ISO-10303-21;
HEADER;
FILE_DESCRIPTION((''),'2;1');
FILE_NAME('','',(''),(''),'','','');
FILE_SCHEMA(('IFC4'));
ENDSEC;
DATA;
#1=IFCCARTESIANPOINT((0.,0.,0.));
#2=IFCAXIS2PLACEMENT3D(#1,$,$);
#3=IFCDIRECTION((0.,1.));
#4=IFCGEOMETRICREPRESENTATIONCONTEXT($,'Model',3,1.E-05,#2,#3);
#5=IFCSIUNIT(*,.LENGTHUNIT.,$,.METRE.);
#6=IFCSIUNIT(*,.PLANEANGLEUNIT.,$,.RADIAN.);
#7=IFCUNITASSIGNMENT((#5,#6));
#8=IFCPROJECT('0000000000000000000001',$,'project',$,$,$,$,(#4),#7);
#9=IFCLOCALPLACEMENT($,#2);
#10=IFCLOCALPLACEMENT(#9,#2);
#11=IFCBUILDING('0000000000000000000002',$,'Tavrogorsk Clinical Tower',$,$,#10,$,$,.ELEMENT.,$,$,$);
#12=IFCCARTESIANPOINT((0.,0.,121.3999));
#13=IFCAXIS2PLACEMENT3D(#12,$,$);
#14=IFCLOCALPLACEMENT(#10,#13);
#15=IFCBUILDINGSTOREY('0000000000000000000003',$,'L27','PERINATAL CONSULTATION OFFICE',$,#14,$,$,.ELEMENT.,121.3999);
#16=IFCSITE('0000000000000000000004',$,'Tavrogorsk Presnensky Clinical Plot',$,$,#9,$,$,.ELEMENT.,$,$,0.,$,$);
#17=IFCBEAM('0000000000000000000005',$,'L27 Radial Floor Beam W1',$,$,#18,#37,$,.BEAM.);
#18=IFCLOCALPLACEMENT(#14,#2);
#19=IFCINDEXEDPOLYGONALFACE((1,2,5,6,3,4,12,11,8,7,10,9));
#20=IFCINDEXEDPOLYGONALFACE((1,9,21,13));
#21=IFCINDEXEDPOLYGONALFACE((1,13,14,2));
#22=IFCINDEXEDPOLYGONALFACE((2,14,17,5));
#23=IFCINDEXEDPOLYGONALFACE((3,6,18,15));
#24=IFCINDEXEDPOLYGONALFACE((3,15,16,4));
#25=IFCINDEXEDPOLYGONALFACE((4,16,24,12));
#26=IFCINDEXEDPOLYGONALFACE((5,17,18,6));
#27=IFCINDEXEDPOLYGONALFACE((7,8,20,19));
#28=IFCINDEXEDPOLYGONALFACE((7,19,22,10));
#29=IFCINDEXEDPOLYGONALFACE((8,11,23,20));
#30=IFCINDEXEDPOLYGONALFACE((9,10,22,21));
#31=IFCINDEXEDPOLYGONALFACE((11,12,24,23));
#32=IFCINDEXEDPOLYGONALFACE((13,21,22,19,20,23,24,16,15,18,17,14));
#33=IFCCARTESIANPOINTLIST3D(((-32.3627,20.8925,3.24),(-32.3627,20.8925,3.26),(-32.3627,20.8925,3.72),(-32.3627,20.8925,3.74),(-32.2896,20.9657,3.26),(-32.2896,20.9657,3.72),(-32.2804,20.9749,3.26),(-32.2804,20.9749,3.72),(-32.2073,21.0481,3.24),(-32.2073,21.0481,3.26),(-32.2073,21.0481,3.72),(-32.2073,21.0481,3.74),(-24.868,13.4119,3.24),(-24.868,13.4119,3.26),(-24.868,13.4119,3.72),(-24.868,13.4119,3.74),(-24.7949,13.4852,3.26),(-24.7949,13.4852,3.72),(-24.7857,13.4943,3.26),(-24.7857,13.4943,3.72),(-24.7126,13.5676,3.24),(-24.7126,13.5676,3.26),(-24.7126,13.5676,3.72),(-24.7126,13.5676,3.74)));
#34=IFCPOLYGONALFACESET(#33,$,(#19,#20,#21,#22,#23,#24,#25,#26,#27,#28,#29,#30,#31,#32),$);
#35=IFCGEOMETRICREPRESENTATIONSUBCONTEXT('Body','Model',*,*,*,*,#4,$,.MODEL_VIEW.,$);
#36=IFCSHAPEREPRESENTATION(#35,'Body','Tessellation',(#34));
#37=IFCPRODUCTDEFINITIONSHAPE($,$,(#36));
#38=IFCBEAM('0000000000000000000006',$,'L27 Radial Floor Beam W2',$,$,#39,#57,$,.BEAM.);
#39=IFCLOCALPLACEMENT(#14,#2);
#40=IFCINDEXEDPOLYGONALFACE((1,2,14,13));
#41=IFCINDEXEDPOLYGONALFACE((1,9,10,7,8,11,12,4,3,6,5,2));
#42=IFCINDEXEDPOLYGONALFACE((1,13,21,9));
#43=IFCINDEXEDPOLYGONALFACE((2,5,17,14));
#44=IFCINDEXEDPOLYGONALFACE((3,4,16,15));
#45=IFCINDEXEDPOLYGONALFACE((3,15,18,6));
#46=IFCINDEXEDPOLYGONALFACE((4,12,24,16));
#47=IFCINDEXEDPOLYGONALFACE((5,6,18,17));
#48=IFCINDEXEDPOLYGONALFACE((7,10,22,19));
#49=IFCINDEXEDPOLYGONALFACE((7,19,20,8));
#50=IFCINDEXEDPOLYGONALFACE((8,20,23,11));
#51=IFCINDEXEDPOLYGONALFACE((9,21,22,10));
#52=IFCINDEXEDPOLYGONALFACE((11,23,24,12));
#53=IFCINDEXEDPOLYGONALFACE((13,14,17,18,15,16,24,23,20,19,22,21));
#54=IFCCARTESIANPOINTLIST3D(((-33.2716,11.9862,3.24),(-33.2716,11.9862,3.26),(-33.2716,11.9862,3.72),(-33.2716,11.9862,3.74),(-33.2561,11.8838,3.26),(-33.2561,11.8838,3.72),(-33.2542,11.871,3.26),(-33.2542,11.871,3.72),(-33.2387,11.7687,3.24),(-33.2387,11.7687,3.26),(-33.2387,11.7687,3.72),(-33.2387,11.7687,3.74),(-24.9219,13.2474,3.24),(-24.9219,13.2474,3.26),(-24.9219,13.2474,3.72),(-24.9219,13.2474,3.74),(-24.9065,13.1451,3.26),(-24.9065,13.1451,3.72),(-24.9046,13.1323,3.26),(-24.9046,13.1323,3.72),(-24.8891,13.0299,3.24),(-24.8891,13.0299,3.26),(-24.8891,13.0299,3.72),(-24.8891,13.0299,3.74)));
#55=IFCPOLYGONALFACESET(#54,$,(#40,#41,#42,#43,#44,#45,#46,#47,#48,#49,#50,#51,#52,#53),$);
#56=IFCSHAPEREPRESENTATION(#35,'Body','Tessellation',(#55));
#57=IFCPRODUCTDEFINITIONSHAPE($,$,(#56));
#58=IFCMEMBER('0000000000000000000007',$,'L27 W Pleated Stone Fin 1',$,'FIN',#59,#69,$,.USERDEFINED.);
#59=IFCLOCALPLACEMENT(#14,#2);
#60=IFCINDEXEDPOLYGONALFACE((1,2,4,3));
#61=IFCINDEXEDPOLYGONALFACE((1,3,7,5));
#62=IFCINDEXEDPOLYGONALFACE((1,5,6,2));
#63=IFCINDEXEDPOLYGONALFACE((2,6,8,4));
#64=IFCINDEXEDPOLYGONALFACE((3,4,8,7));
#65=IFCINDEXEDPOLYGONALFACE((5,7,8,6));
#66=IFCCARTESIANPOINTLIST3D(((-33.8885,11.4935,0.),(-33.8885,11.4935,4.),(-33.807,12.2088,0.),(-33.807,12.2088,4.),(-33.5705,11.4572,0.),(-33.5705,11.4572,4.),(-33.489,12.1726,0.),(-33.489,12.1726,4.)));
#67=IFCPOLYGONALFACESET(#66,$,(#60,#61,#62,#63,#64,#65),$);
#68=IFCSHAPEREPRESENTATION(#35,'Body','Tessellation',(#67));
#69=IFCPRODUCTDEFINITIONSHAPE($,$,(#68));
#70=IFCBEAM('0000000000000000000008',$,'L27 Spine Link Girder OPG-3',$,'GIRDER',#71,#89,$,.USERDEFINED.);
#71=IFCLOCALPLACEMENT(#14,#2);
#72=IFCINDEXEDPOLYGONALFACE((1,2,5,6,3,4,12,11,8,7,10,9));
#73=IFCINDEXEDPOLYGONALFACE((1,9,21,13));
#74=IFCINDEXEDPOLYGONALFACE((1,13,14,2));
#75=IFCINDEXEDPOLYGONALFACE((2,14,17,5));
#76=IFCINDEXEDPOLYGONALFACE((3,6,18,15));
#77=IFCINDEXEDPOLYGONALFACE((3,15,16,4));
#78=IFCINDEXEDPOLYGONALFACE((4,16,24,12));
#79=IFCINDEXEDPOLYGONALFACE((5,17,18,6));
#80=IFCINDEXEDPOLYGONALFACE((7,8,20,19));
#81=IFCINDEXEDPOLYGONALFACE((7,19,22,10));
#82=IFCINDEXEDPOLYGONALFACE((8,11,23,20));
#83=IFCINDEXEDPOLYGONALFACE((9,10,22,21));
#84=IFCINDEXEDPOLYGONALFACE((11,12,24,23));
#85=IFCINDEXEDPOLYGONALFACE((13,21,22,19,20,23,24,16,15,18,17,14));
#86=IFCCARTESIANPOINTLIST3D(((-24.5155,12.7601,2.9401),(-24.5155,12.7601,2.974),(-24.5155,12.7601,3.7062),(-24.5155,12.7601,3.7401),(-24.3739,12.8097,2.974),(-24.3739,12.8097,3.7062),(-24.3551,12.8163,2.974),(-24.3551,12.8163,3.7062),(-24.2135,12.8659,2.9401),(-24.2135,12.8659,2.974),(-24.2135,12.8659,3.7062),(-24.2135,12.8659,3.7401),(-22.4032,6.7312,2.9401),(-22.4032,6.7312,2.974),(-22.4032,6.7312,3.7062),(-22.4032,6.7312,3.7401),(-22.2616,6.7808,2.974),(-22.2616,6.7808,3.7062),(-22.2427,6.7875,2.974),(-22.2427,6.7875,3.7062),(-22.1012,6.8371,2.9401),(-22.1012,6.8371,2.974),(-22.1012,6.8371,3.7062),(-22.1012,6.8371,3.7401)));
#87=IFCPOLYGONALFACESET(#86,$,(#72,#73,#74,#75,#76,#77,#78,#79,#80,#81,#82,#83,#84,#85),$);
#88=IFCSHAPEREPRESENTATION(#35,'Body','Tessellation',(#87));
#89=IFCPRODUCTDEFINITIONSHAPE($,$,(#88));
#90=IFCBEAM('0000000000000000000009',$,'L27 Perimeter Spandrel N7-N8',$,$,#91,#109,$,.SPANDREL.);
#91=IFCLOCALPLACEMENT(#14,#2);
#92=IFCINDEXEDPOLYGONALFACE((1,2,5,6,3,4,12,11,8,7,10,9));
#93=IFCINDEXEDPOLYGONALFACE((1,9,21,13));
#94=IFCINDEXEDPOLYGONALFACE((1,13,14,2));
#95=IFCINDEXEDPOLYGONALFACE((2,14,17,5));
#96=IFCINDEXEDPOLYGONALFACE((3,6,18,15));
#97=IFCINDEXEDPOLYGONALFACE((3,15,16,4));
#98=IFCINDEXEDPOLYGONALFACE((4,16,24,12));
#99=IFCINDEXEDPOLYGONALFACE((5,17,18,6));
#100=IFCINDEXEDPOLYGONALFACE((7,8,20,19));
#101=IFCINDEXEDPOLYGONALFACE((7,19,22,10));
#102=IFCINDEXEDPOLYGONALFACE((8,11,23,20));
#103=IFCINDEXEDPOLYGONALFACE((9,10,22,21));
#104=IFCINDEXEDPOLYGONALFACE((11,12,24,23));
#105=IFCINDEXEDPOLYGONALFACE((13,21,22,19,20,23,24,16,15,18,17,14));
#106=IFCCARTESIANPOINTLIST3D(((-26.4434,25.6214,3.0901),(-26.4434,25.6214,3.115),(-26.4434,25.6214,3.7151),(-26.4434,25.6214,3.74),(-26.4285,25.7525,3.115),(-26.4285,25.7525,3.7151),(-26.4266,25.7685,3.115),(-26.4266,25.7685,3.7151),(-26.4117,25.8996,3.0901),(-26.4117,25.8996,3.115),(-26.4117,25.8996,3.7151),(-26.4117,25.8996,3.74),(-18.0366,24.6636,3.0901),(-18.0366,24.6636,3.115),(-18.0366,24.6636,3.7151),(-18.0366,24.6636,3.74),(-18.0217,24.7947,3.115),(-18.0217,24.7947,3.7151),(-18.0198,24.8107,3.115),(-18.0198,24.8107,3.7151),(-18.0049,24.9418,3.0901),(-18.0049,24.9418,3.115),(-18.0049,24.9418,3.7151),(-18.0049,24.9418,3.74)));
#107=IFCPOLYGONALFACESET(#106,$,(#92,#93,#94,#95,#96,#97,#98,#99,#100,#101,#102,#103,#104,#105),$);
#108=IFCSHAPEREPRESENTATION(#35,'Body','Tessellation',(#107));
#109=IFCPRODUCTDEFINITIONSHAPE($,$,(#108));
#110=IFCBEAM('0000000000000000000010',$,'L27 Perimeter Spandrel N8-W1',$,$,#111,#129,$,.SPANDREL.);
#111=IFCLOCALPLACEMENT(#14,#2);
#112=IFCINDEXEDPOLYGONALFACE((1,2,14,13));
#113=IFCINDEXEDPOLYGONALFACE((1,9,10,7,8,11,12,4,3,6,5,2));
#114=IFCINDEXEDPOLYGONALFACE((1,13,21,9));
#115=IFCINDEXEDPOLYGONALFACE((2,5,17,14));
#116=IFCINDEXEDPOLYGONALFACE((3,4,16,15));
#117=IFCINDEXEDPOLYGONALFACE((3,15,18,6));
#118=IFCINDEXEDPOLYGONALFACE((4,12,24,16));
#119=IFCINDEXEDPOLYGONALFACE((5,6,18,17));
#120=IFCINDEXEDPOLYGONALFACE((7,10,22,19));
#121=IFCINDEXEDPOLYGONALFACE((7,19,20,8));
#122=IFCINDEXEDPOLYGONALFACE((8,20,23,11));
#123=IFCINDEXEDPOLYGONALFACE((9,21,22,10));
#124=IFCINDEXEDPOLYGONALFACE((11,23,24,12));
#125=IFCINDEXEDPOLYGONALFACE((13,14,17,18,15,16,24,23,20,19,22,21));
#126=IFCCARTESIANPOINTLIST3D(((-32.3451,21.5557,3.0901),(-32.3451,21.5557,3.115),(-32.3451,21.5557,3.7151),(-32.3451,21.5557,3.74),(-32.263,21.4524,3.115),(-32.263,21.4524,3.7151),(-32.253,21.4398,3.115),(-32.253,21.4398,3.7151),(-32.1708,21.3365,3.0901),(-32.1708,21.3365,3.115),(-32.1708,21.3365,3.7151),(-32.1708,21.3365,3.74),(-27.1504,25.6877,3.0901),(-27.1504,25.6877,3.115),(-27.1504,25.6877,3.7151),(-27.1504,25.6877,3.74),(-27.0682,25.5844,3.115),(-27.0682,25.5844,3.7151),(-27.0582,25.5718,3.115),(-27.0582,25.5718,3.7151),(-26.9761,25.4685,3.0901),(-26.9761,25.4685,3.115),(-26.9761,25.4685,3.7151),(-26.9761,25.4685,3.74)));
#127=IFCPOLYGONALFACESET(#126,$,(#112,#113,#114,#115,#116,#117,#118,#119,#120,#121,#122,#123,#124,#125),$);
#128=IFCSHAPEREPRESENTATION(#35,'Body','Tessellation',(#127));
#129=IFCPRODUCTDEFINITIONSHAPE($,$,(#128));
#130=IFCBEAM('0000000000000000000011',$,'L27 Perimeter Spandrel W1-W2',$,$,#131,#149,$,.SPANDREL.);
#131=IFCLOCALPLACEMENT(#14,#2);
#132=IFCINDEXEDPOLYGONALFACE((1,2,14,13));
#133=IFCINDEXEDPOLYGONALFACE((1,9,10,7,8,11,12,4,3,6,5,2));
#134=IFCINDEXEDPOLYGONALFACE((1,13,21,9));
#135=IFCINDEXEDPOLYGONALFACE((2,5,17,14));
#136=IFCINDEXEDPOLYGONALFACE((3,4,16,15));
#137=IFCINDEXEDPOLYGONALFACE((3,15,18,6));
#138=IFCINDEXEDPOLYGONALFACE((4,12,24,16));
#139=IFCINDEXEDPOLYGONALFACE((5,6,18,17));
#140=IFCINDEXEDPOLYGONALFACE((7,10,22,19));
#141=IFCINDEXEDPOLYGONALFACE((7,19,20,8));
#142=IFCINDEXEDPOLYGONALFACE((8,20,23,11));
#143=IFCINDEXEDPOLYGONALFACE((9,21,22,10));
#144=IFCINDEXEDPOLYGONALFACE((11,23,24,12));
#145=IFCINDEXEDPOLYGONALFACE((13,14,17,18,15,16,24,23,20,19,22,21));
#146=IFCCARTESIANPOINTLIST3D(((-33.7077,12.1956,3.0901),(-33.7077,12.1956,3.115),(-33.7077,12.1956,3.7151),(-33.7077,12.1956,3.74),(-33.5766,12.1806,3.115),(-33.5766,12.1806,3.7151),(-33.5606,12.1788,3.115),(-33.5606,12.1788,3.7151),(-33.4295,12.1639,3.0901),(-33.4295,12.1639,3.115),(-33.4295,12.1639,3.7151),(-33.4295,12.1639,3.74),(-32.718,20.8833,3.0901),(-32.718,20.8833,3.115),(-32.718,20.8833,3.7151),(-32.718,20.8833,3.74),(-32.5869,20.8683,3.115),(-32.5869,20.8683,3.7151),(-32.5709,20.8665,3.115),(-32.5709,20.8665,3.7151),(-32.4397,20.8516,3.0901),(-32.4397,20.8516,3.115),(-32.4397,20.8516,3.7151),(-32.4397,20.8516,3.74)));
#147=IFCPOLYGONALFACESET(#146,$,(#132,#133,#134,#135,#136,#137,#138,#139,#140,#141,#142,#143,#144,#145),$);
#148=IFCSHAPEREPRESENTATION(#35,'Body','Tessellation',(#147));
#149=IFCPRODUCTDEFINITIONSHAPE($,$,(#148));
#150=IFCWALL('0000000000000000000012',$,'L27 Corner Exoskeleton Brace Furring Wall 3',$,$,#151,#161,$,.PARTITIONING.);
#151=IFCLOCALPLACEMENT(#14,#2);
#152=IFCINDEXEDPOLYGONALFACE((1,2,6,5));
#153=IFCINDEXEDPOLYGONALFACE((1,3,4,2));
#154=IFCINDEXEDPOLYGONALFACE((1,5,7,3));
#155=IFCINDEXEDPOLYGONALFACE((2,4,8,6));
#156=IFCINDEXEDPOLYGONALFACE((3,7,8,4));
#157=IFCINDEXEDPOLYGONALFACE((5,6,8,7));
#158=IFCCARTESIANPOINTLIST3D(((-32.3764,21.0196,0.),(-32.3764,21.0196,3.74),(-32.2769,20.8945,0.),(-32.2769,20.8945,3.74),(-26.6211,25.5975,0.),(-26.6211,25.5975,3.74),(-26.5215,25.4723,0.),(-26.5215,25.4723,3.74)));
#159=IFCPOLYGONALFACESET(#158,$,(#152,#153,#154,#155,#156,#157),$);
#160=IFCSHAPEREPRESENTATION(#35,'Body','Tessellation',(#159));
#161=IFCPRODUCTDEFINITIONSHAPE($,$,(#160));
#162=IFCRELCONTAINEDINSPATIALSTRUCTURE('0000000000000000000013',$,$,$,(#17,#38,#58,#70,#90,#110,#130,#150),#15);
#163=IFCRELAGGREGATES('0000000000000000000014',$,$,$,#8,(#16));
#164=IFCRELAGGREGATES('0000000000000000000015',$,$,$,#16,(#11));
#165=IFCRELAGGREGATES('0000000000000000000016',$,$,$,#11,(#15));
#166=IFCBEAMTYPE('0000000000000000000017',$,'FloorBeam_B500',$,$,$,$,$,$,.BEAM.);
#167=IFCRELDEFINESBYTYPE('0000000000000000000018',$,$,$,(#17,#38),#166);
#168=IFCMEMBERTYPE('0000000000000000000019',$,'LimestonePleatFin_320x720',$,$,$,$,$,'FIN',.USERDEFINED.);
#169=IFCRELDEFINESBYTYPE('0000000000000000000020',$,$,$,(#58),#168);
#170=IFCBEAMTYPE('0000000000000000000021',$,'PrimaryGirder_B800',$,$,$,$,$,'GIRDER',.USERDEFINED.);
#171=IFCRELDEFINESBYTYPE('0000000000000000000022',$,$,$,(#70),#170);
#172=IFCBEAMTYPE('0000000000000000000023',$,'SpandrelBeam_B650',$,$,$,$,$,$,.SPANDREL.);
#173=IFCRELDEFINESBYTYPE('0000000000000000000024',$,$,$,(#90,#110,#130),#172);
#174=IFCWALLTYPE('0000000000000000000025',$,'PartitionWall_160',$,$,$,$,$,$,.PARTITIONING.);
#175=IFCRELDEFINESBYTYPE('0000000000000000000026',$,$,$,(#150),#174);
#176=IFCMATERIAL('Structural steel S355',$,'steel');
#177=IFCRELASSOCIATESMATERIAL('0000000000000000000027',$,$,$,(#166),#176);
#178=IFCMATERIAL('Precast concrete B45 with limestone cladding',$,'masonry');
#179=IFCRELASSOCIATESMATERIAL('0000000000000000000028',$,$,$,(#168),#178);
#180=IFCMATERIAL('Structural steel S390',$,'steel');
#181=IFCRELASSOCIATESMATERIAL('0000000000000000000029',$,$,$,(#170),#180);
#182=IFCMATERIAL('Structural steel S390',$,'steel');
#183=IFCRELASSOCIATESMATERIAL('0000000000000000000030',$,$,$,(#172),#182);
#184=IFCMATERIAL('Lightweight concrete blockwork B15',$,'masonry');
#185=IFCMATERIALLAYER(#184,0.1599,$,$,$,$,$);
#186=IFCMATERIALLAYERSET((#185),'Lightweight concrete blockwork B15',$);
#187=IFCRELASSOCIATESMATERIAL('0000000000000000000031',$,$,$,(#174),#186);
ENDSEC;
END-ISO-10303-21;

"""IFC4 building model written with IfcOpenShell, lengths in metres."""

from ifc_helpers import new_model, si_unit, direction, frame, frame_2d, origin, origin_2d, place, context, subcontext, project, spatial, rectangle, i_section, extrude, material, layer, layer_set, material_profile, profile_set, type_object, element, save


model = new_model("IFC4")

# Units and contexts
model_context = context("Model", 3, precision=1e-05, world=origin(), true_north=direction((0.0, 1.0)))
body_context = subcontext(model_context, "Body", "Model", "MODEL_VIEW")
ifc_project = project(units=[si_unit("LENGTHUNIT", "METRE"), si_unit("PLANEANGLEUNIT", "RADIAN")], contexts=[model_context])

# Site, building, storey
site_placement = place(None, origin())
site = spatial("IfcSite", under=ifc_project, at=site_placement, Name="Tavrogorsk Presnensky Clinical Plot", CompositionType="ELEMENT", RefElevation=0.0)
building_placement = place(site_placement, origin())
building = spatial("IfcBuilding", under=site, at=building_placement, Name="Tavrogorsk Clinical Tower", CompositionType="ELEMENT")
storey_placement = place(building_placement, frame((0.0, 0.0, 121.3999)))
storey = spatial("IfcBuildingStorey", under=building, at=storey_placement, Name="L27", Description="PERINATAL CONSULTATION OFFICE", CompositionType="ELEMENT", Elevation=121.3999)

# Beams
ifc_material_1 = material(Name="Structural steel S355", Category="steel")
ifc_material_profile_1 = material_profile(ifc_material_1, i_section(OverallWidth=0.22, OverallDepth=0.5, WebThickness=0.0129, FlangeThickness=0.02, at=origin_2d()), Name="B-500x220x13x20")
ifc_profile_set_1 = profile_set([ifc_material_profile_1], Name="Structural steel S355")
beam_type_1 = type_object("IfcBeamType", Name="FloorBeam_B500", PredefinedType="BEAM", material=ifc_profile_set_1)
beam_1_placement = place(storey_placement, frame((-24.7903, 13.4897, 3.49), z_axis=(-0.707775, 0.706438, 0.0), x_axis=(-0.706438, -0.707775, 0.0)))
element("IfcBeam", 1, at=beam_1_placement, inside=storey, type_object=beam_type_1, Name="L27 Radial Floor Beam W1", PredefinedType="BEAM", context=body_context, shape_type="SweptSolid", body=[
    extrude(i_section(OverallWidth=0.22, OverallDepth=0.5, WebThickness=0.0129, FlangeThickness=0.02, at=origin_2d()), origin(), (0.0, 0.0, 1.0), 10.5891),
])
beam_2_placement = place(storey_placement, frame((-24.9055, 13.1387, 3.49), z_axis=(-0.988783, -0.149358, 0.0), x_axis=(0.149358, -0.988783, 0.0)))
element("IfcBeam", 2, at=beam_2_placement, inside=storey, type_object=beam_type_1, Name="L27 Radial Floor Beam W2", PredefinedType="BEAM", context=body_context, shape_type="SweptSolid", body=[
    extrude(i_section(OverallWidth=0.22, OverallDepth=0.5, WebThickness=0.0129, FlangeThickness=0.02, at=origin_2d()), origin(), (0.0, 0.0, 1.0), 8.4443),
])

# Member
ifc_material_2 = material(Name="Precast concrete B45 with limestone cladding", Category="masonry")
ifc_material_profile_2 = material_profile(ifc_material_2, rectangle(XDim=0.3201, YDim=0.72, at=origin_2d()), Name="LIMESTONE-FIN-320x720")
ifc_profile_set_2 = profile_set([ifc_material_profile_2], Name="Precast concrete B45 with limestone cladding")
member_type_1 = type_object("IfcMemberType", Name="LimestonePleatFin_320x720", ElementType="FIN", PredefinedType="USERDEFINED", material=ifc_profile_set_2)
member_1_placement = place(storey_placement, frame((-33.6887, 11.833, 0.0), z_axis=(0.0, 0.0, 1.0), x_axis=(0.993572, -0.113203, 0.0)))
element("IfcMember", 3, at=member_1_placement, inside=storey, type_object=member_type_1, Name="L27 W Pleated Stone Fin 1", ObjectType="FIN", PredefinedType="USERDEFINED", context=body_context, shape_type="SweptSolid", body=[
    extrude(rectangle(XDim=0.3201, YDim=0.72, at=origin_2d()), origin(), (0.0, 0.0, 1.0), 4.0),
])

# Beams
ifc_material_3 = material(Name="Structural steel S390", Category="steel")
ifc_material_profile_3 = material_profile(ifc_material_3, i_section(OverallWidth=0.3201, OverallDepth=0.8, WebThickness=0.02, FlangeThickness=0.0339, at=origin_2d()), Name="B-800x320x20x34")
ifc_profile_set_3 = profile_set([ifc_material_profile_3], Name="Structural steel S390")
beam_type_2 = type_object("IfcBeamType", Name="PrimaryGirder_B800", ElementType="GIRDER", PredefinedType="USERDEFINED", material=ifc_profile_set_3)
beam_3_placement = place(storey_placement, frame((-24.3645, 12.813, 3.3401), z_axis=(0.33066, -0.94375, 0.0), x_axis=(0.94375, 0.33066, 0.0)))
element("IfcBeam", 4, at=beam_3_placement, inside=storey, type_object=beam_type_2, Name="L27 Spine Link Girder OPG-3", ObjectType="GIRDER", PredefinedType="USERDEFINED", context=body_context, shape_type="SweptSolid", body=[
    extrude(i_section(OverallWidth=0.3201, OverallDepth=0.8, WebThickness=0.02, FlangeThickness=0.0339, at=origin_2d()), origin(), (0.0, 0.0, 1.0), 6.3882),
])
ifc_material_4 = material(Name="Structural steel S390", Category="steel")
ifc_material_profile_4 = material_profile(ifc_material_4, i_section(OverallWidth=0.28, OverallDepth=0.6499, WebThickness=0.0161, FlangeThickness=0.0249, at=origin_2d()), Name="B-650x280x16x25")
ifc_profile_set_4 = profile_set([ifc_material_profile_4], Name="Structural steel S390")
beam_type_3 = type_object("IfcBeamType", Name="SpandrelBeam_B650", PredefinedType="SPANDREL", material=ifc_profile_set_4)
beam_4_placement = place(storey_placement, frame((-18.0208, 24.8027, 3.415), z_axis=(-0.993573, 0.113196, 0.0), x_axis=(-0.113196, -0.993573, 0.0)))
element("IfcBeam", 5, at=beam_4_placement, inside=storey, type_object=beam_type_3, Name="L27 Perimeter Spandrel N7-N8", PredefinedType="SPANDREL", context=body_context, shape_type="SweptSolid", body=[
    extrude(i_section(OverallWidth=0.28, OverallDepth=0.6499, WebThickness=0.0161, FlangeThickness=0.0249, at=origin_2d()), origin(), (0.0, 0.0, 1.0), 8.4612),
])
beam_5_placement = place(storey_placement, frame((-27.0632, 25.5781, 3.415), z_axis=(-0.782613, -0.622508, 0.0), x_axis=(0.622508, -0.782613, 0.0)))
element("IfcBeam", 6, at=beam_5_placement, inside=storey, type_object=beam_type_3, Name="L27 Perimeter Spandrel N8-W1", PredefinedType="SPANDREL", context=body_context, shape_type="SweptSolid", body=[
    extrude(i_section(OverallWidth=0.28, OverallDepth=0.6499, WebThickness=0.0161, FlangeThickness=0.0249, at=origin_2d()), origin(), (0.0, 0.0, 1.0), 6.6377),
])
beam_6_placement = place(storey_placement, frame((-32.5789, 20.8674, 3.415), z_axis=(-0.113192, -0.993573, 0.0), x_axis=(0.993573, -0.113192, 0.0)))
element("IfcBeam", 7, at=beam_6_placement, inside=storey, type_object=beam_type_3, Name="L27 Perimeter Spandrel W1-W2", PredefinedType="SPANDREL", context=body_context, shape_type="SweptSolid", body=[
    extrude(i_section(OverallWidth=0.28, OverallDepth=0.6499, WebThickness=0.0161, FlangeThickness=0.0249, at=origin_2d()), origin(), (0.0, 0.0, 1.0), 8.7439),
])

# Wall
ifc_material_5 = material(Name="Lightweight concrete blockwork B15", Category="masonry")
ifc_layer_1 = layer(ifc_material_5, 0.1599)
ifc_layer_set_1 = layer_set([ifc_layer_1], Name="Lightweight concrete blockwork B15")
wall_type_1 = type_object("IfcWallType", Name="PartitionWall_160", PredefinedType="PARTITIONING", material=ifc_layer_set_1)
wall_1_placement = place(storey_placement, frame((-26.5713, 25.5349, 0.0), z_axis=(0.0, 0.0, 1.0), x_axis=(-0.782618, -0.622502, 0.0)))
element("IfcWall", 8, at=wall_1_placement, inside=storey, type_object=wall_type_1, Name="L27 Corner Exoskeleton Brace Furring Wall 3", PredefinedType="PARTITIONING", context=body_context, shape_type="SweptSolid", body=[
    extrude(rectangle(XDim=7.354, YDim=0.1599, at=frame_2d((3.677, 0.0))), origin(), (0.0, 0.0, 1.0), 3.74),
])

save(model, "model.ifc")
